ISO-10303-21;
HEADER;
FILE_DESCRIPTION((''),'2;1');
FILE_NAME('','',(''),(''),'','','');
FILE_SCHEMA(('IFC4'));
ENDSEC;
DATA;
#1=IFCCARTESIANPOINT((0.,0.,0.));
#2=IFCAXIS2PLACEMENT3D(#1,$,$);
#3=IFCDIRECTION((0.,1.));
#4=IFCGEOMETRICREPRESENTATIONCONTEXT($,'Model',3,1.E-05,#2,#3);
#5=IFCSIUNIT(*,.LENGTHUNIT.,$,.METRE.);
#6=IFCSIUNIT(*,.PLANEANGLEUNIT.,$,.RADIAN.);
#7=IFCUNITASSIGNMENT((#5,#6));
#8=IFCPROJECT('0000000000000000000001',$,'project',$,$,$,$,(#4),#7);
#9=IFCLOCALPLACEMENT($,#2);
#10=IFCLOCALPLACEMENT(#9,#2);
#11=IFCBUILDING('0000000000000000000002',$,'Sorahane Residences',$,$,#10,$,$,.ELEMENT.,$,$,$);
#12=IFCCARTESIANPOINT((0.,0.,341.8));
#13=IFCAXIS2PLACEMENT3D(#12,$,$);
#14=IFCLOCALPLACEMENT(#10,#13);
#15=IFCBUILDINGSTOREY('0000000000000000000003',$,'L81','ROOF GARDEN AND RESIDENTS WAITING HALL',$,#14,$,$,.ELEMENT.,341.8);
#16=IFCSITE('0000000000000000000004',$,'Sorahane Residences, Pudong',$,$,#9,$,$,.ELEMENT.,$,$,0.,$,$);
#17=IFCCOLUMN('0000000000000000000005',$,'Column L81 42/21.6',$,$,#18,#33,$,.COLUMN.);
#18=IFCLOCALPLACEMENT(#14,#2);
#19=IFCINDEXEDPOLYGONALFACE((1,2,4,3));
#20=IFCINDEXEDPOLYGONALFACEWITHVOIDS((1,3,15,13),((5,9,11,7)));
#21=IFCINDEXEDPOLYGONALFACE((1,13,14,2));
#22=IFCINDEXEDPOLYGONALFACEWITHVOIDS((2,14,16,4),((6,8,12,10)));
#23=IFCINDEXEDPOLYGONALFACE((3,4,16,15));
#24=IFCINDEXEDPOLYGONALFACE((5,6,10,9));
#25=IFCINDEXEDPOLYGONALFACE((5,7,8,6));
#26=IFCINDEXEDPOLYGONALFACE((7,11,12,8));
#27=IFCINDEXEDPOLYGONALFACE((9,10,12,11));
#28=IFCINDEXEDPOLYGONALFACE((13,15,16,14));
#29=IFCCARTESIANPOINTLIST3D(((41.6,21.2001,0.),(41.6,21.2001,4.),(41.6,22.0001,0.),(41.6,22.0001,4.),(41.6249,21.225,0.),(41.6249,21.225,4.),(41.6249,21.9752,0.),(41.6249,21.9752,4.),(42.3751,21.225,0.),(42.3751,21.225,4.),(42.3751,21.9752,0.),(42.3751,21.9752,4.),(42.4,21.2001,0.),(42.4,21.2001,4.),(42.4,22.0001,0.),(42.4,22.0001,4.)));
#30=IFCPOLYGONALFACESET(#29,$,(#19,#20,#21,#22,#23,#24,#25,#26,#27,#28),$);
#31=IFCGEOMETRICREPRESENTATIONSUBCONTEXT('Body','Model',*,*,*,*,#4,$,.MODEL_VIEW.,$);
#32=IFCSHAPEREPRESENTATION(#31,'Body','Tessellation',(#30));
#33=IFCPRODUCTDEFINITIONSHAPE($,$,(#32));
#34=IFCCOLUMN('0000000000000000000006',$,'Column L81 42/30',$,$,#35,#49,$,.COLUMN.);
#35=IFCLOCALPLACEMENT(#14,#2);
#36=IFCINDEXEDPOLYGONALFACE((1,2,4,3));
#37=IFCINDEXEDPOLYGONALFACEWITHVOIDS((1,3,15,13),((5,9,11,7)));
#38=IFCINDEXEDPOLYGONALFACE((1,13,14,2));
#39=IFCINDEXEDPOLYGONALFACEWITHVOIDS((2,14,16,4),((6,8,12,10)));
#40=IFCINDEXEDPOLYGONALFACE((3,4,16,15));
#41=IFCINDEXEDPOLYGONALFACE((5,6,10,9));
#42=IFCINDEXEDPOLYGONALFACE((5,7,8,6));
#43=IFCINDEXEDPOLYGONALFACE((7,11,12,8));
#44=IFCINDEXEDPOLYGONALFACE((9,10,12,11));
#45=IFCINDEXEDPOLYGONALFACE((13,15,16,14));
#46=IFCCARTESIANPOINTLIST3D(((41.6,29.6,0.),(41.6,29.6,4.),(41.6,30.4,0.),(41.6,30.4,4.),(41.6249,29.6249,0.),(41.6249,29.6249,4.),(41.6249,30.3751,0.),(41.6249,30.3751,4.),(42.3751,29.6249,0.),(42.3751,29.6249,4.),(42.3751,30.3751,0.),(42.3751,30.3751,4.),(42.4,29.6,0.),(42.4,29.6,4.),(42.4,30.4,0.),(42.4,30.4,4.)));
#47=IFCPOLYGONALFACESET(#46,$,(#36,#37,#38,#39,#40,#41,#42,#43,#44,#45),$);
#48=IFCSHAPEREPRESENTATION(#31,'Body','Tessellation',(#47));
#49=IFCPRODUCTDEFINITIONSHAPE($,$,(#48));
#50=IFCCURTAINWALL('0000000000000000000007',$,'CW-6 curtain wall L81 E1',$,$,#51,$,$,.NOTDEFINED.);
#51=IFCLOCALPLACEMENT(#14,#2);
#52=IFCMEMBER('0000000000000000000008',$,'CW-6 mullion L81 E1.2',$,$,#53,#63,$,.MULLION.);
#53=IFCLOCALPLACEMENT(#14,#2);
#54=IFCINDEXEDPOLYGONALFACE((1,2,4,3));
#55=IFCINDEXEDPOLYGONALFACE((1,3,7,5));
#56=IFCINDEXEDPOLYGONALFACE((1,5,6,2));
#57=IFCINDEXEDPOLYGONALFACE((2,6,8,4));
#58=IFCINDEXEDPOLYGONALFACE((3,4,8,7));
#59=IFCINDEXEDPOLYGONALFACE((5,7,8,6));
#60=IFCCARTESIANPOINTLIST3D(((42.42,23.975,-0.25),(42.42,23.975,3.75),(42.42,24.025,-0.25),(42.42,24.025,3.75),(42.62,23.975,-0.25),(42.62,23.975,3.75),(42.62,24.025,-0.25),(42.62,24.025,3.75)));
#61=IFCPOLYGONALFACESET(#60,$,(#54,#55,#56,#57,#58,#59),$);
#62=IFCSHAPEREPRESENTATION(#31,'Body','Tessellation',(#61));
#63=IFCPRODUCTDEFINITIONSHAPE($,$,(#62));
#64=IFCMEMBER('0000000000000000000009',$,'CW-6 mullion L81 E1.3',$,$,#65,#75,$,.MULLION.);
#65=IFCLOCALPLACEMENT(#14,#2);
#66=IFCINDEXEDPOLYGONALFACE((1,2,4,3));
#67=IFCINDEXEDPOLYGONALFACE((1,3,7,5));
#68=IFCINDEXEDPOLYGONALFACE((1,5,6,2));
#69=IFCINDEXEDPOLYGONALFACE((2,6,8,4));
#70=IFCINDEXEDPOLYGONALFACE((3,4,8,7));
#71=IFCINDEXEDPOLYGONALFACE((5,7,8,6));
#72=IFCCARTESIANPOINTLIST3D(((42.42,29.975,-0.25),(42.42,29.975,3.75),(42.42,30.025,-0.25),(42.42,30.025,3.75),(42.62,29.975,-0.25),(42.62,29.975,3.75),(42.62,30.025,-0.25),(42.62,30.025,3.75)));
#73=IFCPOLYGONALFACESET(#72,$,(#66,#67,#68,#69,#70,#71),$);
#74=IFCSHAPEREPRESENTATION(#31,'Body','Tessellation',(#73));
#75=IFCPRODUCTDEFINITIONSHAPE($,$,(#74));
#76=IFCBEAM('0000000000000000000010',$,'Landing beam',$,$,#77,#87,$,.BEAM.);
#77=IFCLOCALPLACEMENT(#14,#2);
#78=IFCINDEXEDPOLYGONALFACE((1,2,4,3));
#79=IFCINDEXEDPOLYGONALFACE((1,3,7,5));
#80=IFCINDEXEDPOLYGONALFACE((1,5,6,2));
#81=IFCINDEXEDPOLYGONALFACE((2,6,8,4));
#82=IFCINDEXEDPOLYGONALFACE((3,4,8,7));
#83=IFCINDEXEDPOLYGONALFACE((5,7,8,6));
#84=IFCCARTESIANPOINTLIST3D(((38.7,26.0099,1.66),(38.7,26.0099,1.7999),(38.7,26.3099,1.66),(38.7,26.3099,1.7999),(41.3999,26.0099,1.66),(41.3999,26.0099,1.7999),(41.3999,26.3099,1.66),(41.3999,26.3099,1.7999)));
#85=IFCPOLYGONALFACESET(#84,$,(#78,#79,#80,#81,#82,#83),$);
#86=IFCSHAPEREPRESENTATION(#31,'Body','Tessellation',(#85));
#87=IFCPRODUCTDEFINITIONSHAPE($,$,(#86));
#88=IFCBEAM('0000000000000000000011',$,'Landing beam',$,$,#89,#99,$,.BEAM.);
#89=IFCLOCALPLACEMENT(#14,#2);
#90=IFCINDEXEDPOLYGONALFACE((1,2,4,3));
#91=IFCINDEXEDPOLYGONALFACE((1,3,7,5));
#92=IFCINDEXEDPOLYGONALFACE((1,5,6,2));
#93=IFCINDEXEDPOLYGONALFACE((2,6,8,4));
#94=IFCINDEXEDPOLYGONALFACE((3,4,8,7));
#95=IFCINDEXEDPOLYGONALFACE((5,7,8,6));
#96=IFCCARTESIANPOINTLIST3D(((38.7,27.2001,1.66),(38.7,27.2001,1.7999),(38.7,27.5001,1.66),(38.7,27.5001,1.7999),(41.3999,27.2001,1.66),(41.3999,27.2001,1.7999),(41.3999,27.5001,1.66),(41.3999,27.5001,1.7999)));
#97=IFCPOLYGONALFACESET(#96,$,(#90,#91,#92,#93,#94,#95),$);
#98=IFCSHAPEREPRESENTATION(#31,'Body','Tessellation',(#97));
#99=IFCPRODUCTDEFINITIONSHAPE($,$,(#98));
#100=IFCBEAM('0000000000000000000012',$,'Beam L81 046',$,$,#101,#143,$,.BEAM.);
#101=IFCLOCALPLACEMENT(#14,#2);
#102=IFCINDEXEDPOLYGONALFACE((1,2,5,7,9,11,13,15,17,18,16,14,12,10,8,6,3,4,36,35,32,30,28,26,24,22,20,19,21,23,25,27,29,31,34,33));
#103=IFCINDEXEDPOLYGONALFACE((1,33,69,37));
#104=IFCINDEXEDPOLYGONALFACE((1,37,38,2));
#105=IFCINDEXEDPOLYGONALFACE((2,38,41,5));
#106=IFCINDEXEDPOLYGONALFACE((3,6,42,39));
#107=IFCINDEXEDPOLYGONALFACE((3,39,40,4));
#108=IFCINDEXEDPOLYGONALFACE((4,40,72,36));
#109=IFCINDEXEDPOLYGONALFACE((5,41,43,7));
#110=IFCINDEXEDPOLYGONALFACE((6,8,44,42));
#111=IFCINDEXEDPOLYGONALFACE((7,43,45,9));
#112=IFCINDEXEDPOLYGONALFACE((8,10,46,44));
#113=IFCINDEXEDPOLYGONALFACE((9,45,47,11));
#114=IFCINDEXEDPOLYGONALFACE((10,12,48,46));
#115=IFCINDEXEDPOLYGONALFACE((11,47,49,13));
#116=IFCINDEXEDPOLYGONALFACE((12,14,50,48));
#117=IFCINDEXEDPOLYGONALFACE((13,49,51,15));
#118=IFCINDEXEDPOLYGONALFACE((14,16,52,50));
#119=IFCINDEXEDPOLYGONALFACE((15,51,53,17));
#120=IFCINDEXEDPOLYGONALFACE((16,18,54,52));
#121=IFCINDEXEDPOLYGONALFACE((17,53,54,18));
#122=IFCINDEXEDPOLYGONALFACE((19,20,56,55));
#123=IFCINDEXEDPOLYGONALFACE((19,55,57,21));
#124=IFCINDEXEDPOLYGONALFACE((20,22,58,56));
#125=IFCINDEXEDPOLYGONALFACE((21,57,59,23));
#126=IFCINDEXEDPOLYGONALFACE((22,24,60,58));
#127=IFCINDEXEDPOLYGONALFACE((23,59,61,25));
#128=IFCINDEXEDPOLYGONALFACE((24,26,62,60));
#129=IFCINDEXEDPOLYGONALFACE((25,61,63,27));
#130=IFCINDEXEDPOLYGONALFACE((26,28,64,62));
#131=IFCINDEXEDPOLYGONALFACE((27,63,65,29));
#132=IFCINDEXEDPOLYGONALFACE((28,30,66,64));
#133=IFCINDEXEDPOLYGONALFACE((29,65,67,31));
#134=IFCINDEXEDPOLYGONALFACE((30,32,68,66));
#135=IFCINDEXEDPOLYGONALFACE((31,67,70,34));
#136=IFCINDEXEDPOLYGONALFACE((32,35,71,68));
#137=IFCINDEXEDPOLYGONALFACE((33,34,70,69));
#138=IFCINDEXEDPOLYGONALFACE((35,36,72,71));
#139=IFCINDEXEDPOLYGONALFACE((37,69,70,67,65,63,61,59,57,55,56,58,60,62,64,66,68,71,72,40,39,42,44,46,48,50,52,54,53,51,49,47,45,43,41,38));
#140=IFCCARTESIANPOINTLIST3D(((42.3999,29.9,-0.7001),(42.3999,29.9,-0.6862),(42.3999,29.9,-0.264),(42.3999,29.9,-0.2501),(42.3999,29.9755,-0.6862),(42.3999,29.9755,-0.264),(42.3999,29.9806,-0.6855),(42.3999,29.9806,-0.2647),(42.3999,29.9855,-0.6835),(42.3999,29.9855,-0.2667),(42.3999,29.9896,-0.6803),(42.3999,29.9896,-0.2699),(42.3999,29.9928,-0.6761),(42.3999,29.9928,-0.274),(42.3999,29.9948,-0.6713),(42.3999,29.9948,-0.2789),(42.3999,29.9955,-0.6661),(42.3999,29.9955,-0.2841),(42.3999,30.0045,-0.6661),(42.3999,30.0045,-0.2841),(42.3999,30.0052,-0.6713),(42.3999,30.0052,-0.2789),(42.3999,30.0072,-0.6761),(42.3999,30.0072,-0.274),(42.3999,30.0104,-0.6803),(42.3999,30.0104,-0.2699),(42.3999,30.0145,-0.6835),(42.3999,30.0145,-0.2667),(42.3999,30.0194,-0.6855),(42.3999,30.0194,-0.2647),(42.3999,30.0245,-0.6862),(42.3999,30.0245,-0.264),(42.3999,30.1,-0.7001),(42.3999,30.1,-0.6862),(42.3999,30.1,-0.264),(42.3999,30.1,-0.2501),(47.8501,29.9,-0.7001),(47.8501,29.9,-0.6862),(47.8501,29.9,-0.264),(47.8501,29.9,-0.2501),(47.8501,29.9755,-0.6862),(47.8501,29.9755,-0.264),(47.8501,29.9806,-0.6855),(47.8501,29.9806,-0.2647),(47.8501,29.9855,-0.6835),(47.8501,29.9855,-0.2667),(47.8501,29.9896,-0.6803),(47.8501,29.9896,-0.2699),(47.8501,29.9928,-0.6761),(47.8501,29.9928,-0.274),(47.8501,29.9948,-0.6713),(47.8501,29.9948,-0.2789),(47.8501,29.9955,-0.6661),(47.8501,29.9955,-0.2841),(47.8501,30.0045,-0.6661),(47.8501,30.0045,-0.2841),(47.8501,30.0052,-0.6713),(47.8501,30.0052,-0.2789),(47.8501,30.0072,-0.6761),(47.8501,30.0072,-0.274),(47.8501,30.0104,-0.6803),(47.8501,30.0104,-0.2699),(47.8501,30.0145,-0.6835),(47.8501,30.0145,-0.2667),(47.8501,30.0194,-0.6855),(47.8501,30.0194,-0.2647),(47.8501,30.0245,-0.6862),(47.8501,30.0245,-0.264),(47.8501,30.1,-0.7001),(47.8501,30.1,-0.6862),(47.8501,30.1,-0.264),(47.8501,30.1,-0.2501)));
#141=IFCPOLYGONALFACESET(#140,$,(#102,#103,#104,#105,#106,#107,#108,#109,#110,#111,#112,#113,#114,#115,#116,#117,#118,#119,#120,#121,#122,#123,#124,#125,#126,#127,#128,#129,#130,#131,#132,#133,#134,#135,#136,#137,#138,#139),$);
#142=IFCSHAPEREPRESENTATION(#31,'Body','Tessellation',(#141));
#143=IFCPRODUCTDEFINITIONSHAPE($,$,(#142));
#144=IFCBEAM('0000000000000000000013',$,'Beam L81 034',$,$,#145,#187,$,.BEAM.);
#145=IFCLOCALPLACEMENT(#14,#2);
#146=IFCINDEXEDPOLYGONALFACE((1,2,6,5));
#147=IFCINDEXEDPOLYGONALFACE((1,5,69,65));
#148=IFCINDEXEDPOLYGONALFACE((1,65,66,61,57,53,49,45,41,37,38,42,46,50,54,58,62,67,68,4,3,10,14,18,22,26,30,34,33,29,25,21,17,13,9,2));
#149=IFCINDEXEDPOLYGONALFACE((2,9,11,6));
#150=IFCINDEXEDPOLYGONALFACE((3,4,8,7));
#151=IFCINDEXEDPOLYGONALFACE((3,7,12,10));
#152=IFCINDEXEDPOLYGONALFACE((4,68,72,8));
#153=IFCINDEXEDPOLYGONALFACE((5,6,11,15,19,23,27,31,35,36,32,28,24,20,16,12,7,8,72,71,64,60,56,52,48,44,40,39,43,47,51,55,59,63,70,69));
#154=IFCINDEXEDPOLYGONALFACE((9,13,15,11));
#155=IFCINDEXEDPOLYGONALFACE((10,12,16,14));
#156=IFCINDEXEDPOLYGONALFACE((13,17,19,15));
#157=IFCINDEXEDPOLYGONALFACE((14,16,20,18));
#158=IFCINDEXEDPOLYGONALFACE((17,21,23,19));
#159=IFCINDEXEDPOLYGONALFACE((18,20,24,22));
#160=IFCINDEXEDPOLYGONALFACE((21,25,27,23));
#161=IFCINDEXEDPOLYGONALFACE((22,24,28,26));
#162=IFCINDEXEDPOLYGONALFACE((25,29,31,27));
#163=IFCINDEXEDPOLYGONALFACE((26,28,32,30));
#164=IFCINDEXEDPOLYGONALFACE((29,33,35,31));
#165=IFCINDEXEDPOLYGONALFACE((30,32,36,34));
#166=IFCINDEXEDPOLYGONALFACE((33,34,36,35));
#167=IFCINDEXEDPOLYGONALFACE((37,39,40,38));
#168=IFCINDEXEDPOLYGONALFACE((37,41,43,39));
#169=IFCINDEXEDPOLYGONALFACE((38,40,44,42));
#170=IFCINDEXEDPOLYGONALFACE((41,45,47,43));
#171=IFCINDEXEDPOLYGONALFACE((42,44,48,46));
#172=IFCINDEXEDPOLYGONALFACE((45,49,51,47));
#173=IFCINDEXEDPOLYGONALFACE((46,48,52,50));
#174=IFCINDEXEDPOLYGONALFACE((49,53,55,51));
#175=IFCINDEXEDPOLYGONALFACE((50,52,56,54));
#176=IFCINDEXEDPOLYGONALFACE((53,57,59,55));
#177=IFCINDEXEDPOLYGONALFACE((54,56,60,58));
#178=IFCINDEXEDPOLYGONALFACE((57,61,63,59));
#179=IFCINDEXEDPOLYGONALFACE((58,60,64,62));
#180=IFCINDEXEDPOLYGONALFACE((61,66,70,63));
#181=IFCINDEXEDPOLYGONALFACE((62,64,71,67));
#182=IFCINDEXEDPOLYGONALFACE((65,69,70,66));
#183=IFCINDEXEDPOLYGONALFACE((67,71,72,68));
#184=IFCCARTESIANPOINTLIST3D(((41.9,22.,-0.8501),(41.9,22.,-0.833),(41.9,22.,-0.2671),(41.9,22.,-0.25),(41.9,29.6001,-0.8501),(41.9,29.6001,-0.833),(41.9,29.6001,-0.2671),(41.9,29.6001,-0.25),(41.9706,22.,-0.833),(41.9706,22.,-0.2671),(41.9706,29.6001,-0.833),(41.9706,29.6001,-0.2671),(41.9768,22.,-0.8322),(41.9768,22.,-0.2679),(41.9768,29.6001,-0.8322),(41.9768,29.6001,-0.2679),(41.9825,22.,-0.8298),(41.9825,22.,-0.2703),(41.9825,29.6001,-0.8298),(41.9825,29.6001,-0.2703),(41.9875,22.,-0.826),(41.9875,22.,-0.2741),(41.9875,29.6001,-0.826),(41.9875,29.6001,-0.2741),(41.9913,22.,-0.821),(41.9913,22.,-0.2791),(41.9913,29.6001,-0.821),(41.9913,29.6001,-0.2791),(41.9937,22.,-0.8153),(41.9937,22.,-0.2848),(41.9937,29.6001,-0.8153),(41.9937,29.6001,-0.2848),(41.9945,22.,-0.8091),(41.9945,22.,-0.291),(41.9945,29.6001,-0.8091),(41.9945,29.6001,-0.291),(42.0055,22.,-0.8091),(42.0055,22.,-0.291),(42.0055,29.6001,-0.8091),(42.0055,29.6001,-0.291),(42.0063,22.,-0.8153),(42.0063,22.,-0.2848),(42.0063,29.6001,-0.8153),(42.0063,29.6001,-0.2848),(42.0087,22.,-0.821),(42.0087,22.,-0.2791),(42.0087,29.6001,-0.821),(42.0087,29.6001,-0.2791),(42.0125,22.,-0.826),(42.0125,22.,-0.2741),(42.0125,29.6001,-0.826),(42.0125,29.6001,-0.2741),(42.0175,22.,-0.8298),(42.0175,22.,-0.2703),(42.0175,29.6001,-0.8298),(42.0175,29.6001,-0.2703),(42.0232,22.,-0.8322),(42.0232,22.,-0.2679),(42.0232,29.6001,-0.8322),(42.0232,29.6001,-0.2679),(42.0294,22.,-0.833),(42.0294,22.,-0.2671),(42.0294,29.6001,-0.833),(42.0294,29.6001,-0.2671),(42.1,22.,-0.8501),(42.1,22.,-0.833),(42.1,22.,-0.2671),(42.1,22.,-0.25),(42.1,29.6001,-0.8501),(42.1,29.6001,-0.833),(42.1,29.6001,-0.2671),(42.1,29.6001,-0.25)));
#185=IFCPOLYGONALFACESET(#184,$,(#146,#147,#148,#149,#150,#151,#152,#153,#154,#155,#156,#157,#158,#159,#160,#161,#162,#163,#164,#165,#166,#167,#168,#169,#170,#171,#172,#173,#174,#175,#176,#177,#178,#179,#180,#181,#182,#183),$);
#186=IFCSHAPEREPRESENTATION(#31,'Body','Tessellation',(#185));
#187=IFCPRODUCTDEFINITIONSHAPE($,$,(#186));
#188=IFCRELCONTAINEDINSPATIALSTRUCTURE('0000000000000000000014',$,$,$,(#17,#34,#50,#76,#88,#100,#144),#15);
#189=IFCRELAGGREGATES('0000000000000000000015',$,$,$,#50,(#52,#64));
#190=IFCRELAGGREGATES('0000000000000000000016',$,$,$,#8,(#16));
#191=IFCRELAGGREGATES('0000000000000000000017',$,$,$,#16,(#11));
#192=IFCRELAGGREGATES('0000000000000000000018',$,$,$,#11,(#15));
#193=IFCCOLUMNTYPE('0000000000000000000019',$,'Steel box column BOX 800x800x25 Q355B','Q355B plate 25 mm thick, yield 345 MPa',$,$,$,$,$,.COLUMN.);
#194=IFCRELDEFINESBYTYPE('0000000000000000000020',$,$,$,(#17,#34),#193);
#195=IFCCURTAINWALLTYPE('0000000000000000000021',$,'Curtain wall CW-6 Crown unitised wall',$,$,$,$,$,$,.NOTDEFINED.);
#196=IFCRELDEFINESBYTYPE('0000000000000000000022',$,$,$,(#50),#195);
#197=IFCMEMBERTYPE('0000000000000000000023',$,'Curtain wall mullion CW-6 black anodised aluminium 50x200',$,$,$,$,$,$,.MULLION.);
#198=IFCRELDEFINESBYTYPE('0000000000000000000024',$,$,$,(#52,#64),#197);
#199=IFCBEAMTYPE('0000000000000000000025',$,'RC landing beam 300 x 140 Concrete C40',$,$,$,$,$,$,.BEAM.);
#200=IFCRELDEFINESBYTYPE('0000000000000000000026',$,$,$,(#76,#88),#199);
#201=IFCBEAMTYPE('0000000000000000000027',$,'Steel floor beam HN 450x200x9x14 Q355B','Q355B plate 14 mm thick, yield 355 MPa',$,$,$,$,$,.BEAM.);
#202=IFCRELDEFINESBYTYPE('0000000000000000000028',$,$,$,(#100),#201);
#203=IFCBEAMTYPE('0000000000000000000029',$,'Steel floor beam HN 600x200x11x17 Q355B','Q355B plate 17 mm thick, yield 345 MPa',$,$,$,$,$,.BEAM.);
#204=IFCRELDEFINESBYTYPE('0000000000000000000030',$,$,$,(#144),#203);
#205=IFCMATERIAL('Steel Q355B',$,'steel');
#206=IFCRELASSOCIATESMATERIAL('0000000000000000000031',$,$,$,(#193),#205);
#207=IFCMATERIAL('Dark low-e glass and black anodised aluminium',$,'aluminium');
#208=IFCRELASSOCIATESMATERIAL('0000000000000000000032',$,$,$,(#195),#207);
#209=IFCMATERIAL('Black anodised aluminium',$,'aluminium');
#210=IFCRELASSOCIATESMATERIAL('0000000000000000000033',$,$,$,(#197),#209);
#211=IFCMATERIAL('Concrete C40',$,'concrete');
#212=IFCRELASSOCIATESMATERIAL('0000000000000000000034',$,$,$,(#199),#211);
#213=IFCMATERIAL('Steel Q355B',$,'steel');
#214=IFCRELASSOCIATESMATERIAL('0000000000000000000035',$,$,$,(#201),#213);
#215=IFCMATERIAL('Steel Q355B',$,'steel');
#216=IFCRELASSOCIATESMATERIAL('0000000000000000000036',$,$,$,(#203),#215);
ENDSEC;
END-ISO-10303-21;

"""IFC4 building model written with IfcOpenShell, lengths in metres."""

from ifc_helpers import new_model, si_unit, direction, frame, origin, origin_2d, place, context, subcontext, project, spatial, rectangle, hollow_rectangle, i_section, extrude, material, material_profile, profile_set, type_object, element, aggregate, save


model = new_model("IFC4")

# Units and contexts
model_context = context("Model", 3, precision=1e-05, world=origin(), true_north=direction((0.0, 1.0)))
body_context = subcontext(model_context, "Body", "Model", "MODEL_VIEW")
ifc_project = project(units=[si_unit("LENGTHUNIT", "METRE"), si_unit("PLANEANGLEUNIT", "RADIAN")], contexts=[model_context])

# Site, building, storey
site_placement = place(None, origin())
site = spatial("IfcSite", under=ifc_project, at=site_placement, Name="Sorahane Residences, Pudong", CompositionType="ELEMENT", RefElevation=0.0)
building_placement = place(site_placement, origin())
building = spatial("IfcBuilding", under=site, at=building_placement, Name="Sorahane Residences", CompositionType="ELEMENT")
storey_placement = place(building_placement, frame((0.0, 0.0, 341.8)))
storey = spatial("IfcBuildingStorey", under=building, at=storey_placement, Name="L81", Description="ROOF GARDEN AND RESIDENTS WAITING HALL", CompositionType="ELEMENT", Elevation=341.8)

# Columns
ifc_material_1 = material(Name="Steel Q355B", Category="steel")
ifc_material_profile_1 = material_profile(ifc_material_1, hollow_rectangle(XDim=0.8, YDim=0.8, WallThickness=0.0249, at=origin_2d()), Name="BOX 800x800x25")
ifc_profile_set_1 = profile_set([ifc_material_profile_1], Name="Steel Q355B")
column_type = type_object("IfcColumnType", Name="Steel box column BOX 800x800x25 Q355B", Description="Q355B plate 25 mm thick, yield 345 MPa", PredefinedType="COLUMN", material=ifc_profile_set_1)
for number, where, z_axis, x_axis, name in (
    (1, (42.0, 21.6001, 0.0), (0.0, 0.0, 1.0), (1.0, 0.0, 0.0), "Column L81 42/21.6"),
    (2, (42.0, 30.0, 0.0), (0.0, 0.0, 1.0), (1.0, 0.0, 0.0), "Column L81 42/30"),
):
    element("IfcColumn", number, at=place(storey_placement, frame(where, z_axis=z_axis, x_axis=x_axis)), inside=storey, type_object=column_type, Name=name, PredefinedType="COLUMN", context=body_context, shape_type="SweptSolid", body=[
        extrude(hollow_rectangle(XDim=0.8, YDim=0.8, WallThickness=0.0249, at=origin_2d()), origin(), (0.0, 0.0, 1.0), 4.0),
    ])

# Curtain wall, members
ifc_material_2 = material(Name="Dark low-e glass and black anodised aluminium", Category="aluminium")
curtain_wall_type = type_object("IfcCurtainWallType", Name="Curtain wall CW-6 Crown unitised wall", PredefinedType="NOTDEFINED", material=ifc_material_2)
curtain_wall_placement = place(storey_placement, origin())
curtain_wall = element("IfcCurtainWall", 3, at=curtain_wall_placement, inside=storey, type_object=curtain_wall_type, Name="CW-6 curtain wall L81 E1", PredefinedType="NOTDEFINED")
ifc_material_3 = material(Name="Black anodised aluminium", Category="aluminium")
ifc_material_profile_2 = material_profile(ifc_material_3, rectangle(XDim=0.2, YDim=0.05, at=origin_2d()), Name="Curtain wall mullion CW-6 black anodised aluminium 50x200")
ifc_profile_set_2 = profile_set([ifc_material_profile_2], Name="Black anodised aluminium")
member_type = type_object("IfcMemberType", Name="Curtain wall mullion CW-6 black anodised aluminium 50x200", PredefinedType="MULLION", material=ifc_profile_set_2)
member_1_placement = place(storey_placement, frame((42.52, 24.0, -0.25), z_axis=(0.0, 0.0, 1.0), x_axis=(1.0, 0.0, 0.0)))
member_1 = element("IfcMember", 4, at=member_1_placement, type_object=member_type, Name="CW-6 mullion L81 E1.2", PredefinedType="MULLION", context=body_context, shape_type="SweptSolid", body=[
    extrude(rectangle(XDim=0.2, YDim=0.05, at=origin_2d()), origin(), (0.0, 0.0, 1.0), 4.0),
])
member_2_placement = place(storey_placement, frame((42.52, 30.0, -0.25), z_axis=(0.0, 0.0, 1.0), x_axis=(1.0, 0.0, 0.0)))
member_2 = element("IfcMember", 5, at=member_2_placement, type_object=member_type, Name="CW-6 mullion L81 E1.3", PredefinedType="MULLION", context=body_context, shape_type="SweptSolid", body=[
    extrude(rectangle(XDim=0.2, YDim=0.05, at=origin_2d()), origin(), (0.0, 0.0, 1.0), 4.0),
])

# Beams
ifc_material_4 = material(Name="Concrete C40", Category="concrete")
ifc_material_profile_3 = material_profile(ifc_material_4, rectangle(XDim=0.3, YDim=0.1399, at=origin_2d()), Name="300x140")
ifc_profile_set_3 = profile_set([ifc_material_profile_3], Name="Concrete C40")
beam_type_1 = type_object("IfcBeamType", Name="RC landing beam 300 x 140 Concrete C40", PredefinedType="BEAM", material=ifc_profile_set_3)
for number, where, z_axis, x_axis, name in (
    (6, (38.7, 26.1599, 1.73), (1.0, 0.0, 0.0), (0.0, 1.0, 0.0), "Landing beam"),
    (7, (38.7, 27.3501, 1.73), (1.0, 0.0, 0.0), (0.0, 1.0, 0.0), "Landing beam"),
):
    element("IfcBeam", number, at=place(storey_placement, frame(where, z_axis=z_axis, x_axis=x_axis)), inside=storey, type_object=beam_type_1, Name=name, PredefinedType="BEAM", context=body_context, shape_type="SweptSolid", body=[
        extrude(rectangle(XDim=0.3, YDim=0.1399, at=origin_2d()), origin(), (0.0, 0.0, 1.0), 2.7),
    ])
ifc_material_5 = material(Name="Steel Q355B", Category="steel")
ifc_material_profile_4 = material_profile(ifc_material_5, i_section(OverallWidth=0.2, OverallDepth=0.45, WebThickness=0.009, FlangeThickness=0.0139, FilletRadius=0.02, at=origin_2d()), Name="HN 450x200x9x14")
ifc_profile_set_4 = profile_set([ifc_material_profile_4], Name="Steel Q355B")
beam_type_2 = type_object("IfcBeamType", Name="Steel floor beam HN 450x200x9x14 Q355B", Description="Q355B plate 14 mm thick, yield 355 MPa", PredefinedType="BEAM", material=ifc_profile_set_4)
beam_1_placement = place(storey_placement, frame((42.3999, 30.0, -0.4751), z_axis=(1.0, 0.0, 0.0), x_axis=(0.0, 1.0, 0.0)))
element("IfcBeam", 8, at=beam_1_placement, inside=storey, type_object=beam_type_2, Name="Beam L81 046", PredefinedType="BEAM", context=body_context, shape_type="SweptSolid", body=[
    extrude(i_section(OverallWidth=0.2, OverallDepth=0.45, WebThickness=0.009, FlangeThickness=0.0139, FilletRadius=0.02, at=origin_2d()), origin(), (0.0, 0.0, 1.0), 5.4502),
])
ifc_material_6 = material(Name="Steel Q355B", Category="steel")
ifc_material_profile_5 = material_profile(ifc_material_6, i_section(OverallWidth=0.2, OverallDepth=0.6001, WebThickness=0.011, FlangeThickness=0.0171, FilletRadius=0.0239, at=origin_2d()), Name="HN 600x200x11x17")
ifc_profile_set_5 = profile_set([ifc_material_profile_5], Name="Steel Q355B")
beam_type_3 = type_object("IfcBeamType", Name="Steel floor beam HN 600x200x11x17 Q355B", Description="Q355B plate 17 mm thick, yield 345 MPa", PredefinedType="BEAM", material=ifc_profile_set_5)
beam_2_placement = place(storey_placement, frame((42.0, 22.0, -0.55), z_axis=(0.0, 1.0, 0.0), x_axis=(-1.0, 0.0, 0.0)))
element("IfcBeam", 9, at=beam_2_placement, inside=storey, type_object=beam_type_3, Name="Beam L81 034", PredefinedType="BEAM", context=body_context, shape_type="SweptSolid", body=[
    extrude(i_section(OverallWidth=0.2, OverallDepth=0.6001, WebThickness=0.011, FlangeThickness=0.0171, FilletRadius=0.0239, at=origin_2d()), origin(), (0.0, 0.0, 1.0), 7.6001),
])

aggregate(curtain_wall, [member_1, member_2])

save(model, "model.ifc")
